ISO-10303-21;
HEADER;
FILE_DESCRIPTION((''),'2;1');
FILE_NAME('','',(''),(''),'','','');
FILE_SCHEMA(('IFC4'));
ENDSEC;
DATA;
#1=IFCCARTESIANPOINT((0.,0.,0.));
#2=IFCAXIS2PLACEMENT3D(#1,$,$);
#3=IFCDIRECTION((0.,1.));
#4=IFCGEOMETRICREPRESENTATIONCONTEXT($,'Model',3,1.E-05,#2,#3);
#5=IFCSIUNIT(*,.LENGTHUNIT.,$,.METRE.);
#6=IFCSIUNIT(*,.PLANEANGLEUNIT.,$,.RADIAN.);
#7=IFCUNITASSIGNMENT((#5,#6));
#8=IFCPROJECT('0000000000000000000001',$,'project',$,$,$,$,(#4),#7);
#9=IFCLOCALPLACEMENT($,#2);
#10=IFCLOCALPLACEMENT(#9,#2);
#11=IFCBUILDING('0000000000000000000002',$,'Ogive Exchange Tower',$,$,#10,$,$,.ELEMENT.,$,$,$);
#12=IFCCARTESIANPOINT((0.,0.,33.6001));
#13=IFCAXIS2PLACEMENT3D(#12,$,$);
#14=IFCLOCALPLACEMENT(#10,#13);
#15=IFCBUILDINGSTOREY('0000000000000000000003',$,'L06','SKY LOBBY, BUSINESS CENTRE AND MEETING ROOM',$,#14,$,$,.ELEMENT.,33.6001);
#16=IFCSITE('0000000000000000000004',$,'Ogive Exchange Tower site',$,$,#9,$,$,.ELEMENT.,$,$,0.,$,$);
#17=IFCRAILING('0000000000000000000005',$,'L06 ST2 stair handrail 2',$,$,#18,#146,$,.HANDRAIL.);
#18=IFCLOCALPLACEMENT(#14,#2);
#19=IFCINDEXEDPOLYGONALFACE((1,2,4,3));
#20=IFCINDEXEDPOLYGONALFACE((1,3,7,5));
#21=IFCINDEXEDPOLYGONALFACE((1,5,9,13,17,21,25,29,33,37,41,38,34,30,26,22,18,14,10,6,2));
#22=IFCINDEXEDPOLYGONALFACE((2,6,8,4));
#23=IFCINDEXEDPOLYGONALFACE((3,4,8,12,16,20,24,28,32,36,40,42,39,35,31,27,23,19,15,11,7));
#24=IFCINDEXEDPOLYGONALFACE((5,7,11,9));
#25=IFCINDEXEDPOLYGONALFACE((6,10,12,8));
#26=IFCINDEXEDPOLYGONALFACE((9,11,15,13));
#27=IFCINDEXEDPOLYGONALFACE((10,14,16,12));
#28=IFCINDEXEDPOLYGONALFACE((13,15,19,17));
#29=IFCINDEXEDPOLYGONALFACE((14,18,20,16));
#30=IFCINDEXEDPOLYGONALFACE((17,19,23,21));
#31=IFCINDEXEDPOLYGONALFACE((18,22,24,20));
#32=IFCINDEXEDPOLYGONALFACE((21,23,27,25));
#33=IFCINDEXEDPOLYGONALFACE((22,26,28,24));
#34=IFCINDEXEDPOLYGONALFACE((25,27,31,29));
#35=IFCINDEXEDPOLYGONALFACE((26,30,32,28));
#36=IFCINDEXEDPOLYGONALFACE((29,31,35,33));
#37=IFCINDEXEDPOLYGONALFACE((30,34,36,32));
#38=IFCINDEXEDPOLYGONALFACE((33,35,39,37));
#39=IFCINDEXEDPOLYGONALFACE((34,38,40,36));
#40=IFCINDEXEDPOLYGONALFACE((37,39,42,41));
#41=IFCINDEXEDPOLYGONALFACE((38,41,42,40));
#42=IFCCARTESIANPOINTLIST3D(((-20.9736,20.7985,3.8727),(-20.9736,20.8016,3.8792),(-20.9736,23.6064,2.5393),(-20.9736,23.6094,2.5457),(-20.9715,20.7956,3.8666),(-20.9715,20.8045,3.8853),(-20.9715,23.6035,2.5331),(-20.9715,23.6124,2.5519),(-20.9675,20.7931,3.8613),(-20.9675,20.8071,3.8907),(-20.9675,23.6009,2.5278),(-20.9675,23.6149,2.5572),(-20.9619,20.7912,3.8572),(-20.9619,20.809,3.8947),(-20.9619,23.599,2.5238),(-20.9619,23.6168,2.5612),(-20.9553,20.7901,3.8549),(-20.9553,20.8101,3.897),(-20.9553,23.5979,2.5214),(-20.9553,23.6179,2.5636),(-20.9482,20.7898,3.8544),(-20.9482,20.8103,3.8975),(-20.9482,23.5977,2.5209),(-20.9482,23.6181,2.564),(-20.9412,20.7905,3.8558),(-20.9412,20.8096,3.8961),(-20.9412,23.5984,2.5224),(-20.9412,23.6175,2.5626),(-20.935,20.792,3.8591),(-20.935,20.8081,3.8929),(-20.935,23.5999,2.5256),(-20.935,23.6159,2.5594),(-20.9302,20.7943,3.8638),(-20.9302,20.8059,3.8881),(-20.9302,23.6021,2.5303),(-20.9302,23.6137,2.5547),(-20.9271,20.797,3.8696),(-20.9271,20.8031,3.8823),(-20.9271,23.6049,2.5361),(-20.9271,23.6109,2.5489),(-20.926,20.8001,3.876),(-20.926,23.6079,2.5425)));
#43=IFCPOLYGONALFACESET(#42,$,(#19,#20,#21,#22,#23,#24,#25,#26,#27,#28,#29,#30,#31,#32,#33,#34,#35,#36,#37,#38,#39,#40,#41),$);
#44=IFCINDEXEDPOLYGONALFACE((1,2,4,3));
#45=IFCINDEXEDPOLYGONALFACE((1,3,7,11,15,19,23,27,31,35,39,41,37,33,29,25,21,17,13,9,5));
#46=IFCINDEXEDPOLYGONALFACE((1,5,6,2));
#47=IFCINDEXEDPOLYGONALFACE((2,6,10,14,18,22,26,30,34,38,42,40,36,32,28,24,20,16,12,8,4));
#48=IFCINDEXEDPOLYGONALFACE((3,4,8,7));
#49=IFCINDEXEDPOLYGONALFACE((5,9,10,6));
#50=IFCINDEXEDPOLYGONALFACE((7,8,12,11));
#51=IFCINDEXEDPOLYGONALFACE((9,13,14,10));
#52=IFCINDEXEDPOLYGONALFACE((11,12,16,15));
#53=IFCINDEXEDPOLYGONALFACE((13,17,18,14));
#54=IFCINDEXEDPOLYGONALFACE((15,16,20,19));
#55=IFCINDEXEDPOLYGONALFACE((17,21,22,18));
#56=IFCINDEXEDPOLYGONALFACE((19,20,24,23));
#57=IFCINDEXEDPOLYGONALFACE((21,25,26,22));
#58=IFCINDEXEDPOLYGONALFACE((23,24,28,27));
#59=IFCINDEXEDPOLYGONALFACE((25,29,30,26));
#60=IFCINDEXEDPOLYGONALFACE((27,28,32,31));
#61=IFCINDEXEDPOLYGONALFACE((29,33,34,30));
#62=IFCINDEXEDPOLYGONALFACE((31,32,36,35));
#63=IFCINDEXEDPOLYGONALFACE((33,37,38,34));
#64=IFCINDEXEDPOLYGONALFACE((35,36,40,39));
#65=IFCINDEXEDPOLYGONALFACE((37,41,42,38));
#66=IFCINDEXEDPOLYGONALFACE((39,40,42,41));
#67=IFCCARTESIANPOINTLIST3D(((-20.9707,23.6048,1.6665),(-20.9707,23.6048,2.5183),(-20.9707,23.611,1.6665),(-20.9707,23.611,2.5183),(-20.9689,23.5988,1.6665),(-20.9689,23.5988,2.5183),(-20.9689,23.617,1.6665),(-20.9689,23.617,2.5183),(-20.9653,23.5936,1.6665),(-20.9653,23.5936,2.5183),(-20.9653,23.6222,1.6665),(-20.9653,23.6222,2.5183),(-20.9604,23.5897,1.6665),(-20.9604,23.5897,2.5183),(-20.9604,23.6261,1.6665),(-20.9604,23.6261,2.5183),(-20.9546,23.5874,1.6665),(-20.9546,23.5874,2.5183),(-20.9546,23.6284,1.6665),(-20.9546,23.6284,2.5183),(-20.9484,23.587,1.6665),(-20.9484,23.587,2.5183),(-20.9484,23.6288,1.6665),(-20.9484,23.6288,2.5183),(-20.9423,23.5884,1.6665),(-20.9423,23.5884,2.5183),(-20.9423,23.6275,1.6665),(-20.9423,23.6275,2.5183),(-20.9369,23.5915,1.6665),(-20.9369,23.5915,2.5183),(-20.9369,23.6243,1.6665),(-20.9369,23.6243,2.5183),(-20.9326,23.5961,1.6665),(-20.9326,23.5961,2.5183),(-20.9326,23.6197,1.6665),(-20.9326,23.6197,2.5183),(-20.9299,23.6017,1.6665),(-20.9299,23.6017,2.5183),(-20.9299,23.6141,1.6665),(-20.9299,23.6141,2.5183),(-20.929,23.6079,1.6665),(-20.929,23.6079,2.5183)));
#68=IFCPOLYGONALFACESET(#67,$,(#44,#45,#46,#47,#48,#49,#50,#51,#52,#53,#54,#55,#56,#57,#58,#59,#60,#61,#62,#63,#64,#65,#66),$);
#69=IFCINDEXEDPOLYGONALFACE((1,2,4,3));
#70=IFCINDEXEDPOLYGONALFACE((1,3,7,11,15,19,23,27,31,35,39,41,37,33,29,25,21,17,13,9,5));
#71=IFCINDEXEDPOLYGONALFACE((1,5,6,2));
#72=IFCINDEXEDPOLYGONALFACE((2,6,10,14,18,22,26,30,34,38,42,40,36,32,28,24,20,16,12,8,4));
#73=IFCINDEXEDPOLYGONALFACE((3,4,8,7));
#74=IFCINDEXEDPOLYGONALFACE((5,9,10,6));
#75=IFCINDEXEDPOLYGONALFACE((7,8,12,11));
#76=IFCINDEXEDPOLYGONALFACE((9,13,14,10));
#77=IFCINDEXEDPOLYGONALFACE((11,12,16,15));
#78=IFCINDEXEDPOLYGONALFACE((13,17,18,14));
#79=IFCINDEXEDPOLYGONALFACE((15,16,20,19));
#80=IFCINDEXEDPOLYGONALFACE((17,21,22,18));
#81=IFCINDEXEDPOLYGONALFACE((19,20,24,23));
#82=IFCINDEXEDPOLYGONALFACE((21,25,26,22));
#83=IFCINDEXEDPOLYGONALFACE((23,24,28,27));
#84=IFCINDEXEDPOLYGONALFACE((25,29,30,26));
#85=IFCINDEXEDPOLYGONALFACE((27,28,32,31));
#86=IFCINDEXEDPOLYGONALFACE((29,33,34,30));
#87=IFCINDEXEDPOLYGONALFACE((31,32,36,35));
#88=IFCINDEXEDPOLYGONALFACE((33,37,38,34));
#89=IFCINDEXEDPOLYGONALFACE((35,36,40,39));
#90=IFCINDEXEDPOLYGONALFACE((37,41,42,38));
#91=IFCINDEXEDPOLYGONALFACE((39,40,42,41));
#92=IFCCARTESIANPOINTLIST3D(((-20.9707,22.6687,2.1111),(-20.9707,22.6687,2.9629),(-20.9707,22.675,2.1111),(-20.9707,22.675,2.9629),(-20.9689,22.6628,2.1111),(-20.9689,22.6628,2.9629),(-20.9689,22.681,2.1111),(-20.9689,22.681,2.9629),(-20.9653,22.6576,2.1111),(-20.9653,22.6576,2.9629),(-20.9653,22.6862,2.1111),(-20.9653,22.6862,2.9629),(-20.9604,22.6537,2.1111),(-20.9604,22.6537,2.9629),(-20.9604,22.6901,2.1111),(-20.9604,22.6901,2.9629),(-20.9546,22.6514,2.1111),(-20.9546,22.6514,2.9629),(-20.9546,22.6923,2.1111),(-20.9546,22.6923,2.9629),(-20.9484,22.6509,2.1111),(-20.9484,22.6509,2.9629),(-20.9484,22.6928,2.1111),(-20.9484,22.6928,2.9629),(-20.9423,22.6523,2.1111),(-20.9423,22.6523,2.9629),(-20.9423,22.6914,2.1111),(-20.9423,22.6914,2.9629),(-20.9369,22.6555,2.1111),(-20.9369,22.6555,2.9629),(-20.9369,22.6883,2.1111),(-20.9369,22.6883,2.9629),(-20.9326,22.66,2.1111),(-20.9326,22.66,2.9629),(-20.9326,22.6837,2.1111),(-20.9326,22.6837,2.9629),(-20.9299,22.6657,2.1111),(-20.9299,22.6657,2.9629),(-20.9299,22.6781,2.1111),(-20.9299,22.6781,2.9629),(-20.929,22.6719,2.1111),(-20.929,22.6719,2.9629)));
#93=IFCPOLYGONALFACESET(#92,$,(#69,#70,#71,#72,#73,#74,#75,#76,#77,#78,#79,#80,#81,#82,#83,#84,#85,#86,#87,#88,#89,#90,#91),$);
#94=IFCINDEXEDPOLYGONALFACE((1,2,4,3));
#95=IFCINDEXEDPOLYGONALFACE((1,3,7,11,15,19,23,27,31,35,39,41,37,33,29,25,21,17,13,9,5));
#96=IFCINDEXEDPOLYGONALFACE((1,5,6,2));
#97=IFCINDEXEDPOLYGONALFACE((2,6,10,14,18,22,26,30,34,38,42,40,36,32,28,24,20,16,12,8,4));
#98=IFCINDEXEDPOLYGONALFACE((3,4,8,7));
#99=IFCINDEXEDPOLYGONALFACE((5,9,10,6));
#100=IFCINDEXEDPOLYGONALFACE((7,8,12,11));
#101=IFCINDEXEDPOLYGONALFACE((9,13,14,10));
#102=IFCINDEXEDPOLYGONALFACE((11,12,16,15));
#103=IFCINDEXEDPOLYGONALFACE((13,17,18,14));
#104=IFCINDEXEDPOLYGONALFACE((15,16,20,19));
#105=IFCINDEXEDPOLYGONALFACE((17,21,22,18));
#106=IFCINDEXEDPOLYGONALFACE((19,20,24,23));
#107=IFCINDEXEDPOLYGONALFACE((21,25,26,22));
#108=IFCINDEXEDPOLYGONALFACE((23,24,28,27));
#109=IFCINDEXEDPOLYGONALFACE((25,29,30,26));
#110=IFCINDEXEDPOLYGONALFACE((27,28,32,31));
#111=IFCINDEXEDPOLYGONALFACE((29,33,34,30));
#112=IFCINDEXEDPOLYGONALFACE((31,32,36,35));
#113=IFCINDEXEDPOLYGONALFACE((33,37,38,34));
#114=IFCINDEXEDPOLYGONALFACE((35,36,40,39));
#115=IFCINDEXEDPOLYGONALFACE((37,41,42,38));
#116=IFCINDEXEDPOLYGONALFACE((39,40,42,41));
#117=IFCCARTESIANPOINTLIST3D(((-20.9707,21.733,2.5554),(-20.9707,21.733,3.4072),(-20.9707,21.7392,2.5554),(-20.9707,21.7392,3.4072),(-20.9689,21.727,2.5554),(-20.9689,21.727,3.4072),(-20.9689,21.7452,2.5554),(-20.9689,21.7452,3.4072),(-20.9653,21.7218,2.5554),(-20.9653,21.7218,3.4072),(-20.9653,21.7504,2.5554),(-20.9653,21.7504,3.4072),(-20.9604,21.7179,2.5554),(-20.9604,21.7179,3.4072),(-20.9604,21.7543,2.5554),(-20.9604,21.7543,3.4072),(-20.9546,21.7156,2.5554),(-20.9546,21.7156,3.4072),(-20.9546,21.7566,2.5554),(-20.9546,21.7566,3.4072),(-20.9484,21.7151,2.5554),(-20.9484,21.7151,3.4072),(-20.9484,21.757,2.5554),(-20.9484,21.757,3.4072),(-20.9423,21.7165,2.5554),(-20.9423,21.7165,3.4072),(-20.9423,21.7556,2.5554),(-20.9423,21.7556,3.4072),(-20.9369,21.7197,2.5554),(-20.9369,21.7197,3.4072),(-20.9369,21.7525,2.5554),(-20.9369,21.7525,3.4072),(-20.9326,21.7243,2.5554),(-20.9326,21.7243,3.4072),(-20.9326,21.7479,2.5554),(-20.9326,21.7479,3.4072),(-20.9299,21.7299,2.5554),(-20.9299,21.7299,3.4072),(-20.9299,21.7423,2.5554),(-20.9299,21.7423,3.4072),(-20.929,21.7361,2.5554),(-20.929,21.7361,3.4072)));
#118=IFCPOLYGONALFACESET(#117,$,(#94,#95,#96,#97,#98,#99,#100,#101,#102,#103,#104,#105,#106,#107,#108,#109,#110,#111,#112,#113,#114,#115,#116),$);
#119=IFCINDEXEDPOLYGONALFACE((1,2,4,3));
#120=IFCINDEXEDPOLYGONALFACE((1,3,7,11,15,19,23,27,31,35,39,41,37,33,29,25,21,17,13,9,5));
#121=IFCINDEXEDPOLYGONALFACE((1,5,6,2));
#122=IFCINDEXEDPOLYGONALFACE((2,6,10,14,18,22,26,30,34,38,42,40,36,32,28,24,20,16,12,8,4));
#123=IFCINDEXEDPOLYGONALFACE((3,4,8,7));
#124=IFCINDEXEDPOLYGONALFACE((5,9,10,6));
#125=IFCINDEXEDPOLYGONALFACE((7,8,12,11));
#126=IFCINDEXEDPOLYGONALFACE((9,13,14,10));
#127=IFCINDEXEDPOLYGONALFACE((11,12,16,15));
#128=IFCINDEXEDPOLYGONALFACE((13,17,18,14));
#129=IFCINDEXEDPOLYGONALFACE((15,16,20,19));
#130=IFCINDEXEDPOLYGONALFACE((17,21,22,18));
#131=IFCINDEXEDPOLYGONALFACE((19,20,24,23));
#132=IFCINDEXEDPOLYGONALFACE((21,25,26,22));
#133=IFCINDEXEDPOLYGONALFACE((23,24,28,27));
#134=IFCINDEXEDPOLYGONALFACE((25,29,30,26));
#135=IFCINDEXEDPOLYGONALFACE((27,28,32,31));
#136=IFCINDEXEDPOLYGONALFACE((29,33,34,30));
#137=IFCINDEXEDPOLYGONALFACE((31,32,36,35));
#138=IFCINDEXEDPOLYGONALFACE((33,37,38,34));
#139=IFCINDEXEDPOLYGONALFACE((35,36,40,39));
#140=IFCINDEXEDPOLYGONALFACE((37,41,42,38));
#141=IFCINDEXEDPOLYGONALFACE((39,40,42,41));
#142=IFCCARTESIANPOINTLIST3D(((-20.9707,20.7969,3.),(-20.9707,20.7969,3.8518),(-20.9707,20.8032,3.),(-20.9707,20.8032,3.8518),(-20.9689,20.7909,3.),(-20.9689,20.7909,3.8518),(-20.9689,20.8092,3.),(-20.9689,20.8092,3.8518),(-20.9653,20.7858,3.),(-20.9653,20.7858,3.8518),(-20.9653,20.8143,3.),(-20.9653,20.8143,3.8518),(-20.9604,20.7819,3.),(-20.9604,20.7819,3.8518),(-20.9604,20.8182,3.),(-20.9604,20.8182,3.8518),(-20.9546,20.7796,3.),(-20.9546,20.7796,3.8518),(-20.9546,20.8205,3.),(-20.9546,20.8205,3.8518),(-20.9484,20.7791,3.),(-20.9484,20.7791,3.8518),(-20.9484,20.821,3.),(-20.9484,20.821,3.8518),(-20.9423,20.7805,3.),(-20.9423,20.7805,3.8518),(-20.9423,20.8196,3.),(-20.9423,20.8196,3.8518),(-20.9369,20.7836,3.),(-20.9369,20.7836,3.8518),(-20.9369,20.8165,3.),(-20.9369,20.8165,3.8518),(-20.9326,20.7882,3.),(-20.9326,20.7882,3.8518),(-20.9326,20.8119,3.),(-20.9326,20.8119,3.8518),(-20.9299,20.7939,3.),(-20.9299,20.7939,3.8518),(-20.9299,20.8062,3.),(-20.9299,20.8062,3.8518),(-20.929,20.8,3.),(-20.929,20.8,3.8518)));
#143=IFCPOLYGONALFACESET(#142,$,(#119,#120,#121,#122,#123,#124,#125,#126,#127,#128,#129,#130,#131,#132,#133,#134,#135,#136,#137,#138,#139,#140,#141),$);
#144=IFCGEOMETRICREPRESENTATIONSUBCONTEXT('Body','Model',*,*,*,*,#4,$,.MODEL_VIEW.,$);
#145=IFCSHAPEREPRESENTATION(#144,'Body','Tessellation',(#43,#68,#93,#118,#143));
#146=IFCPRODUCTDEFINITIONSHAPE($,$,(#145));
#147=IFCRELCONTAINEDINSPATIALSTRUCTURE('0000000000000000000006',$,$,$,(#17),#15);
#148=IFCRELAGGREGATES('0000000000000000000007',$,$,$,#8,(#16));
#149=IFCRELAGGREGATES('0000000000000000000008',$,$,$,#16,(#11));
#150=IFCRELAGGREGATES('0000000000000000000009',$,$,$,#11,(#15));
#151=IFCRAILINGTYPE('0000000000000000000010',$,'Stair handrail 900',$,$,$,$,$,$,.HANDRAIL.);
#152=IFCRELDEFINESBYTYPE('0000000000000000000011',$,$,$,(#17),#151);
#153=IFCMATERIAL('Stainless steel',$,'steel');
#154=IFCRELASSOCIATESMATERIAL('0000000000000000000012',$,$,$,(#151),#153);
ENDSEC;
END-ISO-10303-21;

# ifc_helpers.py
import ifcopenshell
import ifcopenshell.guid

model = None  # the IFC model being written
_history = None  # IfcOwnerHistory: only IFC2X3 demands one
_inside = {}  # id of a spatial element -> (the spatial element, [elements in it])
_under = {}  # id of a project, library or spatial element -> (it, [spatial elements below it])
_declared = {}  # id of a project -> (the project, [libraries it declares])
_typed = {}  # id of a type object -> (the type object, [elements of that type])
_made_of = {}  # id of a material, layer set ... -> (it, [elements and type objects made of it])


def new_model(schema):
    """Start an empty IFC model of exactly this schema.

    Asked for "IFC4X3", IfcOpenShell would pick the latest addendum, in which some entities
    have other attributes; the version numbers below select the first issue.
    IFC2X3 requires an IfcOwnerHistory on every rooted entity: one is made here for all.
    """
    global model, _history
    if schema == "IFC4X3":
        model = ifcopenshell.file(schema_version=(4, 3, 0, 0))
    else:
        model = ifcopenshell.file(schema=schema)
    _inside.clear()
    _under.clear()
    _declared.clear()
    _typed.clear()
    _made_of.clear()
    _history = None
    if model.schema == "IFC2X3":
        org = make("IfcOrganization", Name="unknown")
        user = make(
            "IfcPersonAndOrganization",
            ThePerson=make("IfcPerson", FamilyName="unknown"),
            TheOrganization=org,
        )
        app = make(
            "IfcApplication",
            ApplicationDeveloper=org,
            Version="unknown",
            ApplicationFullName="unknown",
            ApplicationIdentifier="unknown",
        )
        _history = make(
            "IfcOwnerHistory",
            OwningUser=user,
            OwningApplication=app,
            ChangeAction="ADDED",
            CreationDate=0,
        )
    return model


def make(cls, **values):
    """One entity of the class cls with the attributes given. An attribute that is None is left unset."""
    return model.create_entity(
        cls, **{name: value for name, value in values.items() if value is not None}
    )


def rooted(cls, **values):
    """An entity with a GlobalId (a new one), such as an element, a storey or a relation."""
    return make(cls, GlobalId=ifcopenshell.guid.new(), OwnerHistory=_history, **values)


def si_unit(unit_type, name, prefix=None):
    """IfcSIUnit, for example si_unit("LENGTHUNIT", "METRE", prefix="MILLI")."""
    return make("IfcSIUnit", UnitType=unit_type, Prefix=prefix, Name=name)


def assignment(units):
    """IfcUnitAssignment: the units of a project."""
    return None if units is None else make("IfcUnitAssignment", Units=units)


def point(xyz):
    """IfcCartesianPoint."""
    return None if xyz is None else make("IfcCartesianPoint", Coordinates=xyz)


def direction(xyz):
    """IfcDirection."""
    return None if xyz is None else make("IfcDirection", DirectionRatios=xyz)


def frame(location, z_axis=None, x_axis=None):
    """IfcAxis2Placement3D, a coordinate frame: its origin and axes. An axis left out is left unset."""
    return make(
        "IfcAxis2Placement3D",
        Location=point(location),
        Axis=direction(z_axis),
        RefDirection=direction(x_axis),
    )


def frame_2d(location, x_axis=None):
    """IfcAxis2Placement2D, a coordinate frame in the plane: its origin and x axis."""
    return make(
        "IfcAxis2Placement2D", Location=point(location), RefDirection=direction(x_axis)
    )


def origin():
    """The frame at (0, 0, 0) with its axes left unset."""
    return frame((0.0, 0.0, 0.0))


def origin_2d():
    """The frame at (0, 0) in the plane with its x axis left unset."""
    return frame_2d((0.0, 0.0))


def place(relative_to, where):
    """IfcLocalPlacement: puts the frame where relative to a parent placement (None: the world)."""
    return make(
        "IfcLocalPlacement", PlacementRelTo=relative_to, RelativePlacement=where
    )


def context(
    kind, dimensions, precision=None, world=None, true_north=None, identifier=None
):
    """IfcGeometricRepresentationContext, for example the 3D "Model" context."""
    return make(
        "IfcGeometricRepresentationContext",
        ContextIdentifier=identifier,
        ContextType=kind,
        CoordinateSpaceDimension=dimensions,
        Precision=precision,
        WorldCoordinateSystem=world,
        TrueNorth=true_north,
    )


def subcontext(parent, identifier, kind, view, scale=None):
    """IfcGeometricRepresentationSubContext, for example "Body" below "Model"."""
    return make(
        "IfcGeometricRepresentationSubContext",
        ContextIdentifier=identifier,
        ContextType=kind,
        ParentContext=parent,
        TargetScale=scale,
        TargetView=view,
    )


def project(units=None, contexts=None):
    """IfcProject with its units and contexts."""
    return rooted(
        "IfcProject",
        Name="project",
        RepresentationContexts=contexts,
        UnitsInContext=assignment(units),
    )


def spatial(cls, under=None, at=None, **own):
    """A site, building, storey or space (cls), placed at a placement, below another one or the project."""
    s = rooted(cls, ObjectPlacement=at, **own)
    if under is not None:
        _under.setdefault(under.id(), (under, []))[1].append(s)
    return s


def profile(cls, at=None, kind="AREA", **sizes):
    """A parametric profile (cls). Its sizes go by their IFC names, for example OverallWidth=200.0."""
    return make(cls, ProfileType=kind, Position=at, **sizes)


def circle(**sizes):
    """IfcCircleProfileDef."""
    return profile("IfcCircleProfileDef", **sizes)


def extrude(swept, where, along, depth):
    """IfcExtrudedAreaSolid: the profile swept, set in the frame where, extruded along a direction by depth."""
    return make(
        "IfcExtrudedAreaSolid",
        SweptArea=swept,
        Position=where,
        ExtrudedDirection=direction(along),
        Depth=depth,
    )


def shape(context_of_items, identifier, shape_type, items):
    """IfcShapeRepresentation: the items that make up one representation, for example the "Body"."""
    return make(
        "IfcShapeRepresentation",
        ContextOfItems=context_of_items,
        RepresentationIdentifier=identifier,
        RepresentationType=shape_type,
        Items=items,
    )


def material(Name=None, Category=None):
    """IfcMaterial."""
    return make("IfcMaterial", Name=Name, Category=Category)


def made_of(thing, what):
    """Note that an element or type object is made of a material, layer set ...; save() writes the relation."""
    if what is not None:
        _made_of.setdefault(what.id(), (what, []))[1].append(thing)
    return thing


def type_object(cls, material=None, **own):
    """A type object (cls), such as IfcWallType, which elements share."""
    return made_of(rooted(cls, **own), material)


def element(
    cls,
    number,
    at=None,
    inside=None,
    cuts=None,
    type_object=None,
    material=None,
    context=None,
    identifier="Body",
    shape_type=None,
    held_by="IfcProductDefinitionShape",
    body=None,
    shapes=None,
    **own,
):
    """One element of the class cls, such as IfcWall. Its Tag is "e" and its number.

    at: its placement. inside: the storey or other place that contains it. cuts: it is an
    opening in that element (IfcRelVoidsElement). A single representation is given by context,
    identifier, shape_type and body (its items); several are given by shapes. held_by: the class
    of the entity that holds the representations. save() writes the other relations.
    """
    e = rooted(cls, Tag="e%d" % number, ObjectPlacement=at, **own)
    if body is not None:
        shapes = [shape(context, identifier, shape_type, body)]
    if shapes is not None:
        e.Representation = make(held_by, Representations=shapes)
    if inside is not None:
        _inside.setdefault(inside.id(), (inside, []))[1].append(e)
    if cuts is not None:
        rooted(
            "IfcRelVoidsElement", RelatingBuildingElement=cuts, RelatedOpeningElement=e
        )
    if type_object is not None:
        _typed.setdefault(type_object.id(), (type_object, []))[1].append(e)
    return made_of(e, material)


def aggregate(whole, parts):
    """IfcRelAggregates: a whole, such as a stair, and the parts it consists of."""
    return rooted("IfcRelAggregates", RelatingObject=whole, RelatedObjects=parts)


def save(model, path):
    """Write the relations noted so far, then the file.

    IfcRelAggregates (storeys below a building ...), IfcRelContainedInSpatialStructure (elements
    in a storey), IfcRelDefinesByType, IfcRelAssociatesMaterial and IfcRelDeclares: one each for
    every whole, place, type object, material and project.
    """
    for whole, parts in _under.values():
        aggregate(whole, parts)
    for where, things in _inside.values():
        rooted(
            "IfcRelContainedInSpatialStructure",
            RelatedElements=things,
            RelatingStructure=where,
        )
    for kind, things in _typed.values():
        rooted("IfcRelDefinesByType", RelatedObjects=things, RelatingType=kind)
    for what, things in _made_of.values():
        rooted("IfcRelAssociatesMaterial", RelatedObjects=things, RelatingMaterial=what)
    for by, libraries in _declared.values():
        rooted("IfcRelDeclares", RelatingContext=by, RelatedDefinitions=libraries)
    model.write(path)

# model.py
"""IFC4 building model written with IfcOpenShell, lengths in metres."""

from ifc_helpers import new_model, si_unit, direction, frame, origin, origin_2d, place, context, subcontext, project, spatial, circle, extrude, material, type_object, element, save


model = new_model("IFC4")

# Units and contexts
model_context = context("Model", 3, precision=1e-05, world=origin(), true_north=direction((0.0, 1.0)))
body_context = subcontext(model_context, "Body", "Model", "MODEL_VIEW")
ifc_project = project(units=[si_unit("LENGTHUNIT", "METRE"), si_unit("PLANEANGLEUNIT", "RADIAN")], contexts=[model_context])

# Site, building, storey
site_placement = place(None, origin())
site = spatial("IfcSite", under=ifc_project, at=site_placement, Name="Ogive Exchange Tower site", CompositionType="ELEMENT", RefElevation=0.0)
building_placement = place(site_placement, origin())
building = spatial("IfcBuilding", under=site, at=building_placement, Name="Ogive Exchange Tower", CompositionType="ELEMENT")
storey_placement = place(building_placement, frame((0.0, 0.0, 33.6001)))
storey = spatial("IfcBuildingStorey", under=building, at=storey_placement, Name="L06", Description="SKY LOBBY, BUSINESS CENTRE AND MEETING ROOM", CompositionType="ELEMENT", Elevation=33.6001)

# Railing
ifc_material_1 = material(Name="Stainless steel", Category="steel")
railing_type = type_object("IfcRailingType", Name="Stair handrail 900", PredefinedType="HANDRAIL", material=ifc_material_1)
railing_1_placement = place(storey_placement, frame((-20.95, 23.6079, 1.6665)))
element("IfcRailing", 1, at=railing_1_placement, inside=storey, type_object=railing_type, Name="L06 ST2 stair handrail 2", PredefinedType="HANDRAIL", context=body_context, shape_type="SweptSolid", body=[
    extrude(circle(Radius=0.0239, at=origin_2d()), frame((0.0, 0.0, 0.876), z_axis=(0.0, -0.903307, 0.428994), x_axis=(1.0, 0.0, 0.0)), (0.0, 0.0, 1.0), 3.1084),
    extrude(circle(Radius=0.021, at=origin_2d()), origin(), (0.0, 0.0, 1.0), 0.8518),
    extrude(circle(Radius=0.021, at=origin_2d()), frame((0.0, -0.936, 0.4446)), (0.0, 0.0, 1.0), 0.8518),
    extrude(circle(Radius=0.021, at=origin_2d()), frame((0.0, -1.8718, 0.8889)), (0.0, 0.0, 1.0), 0.8518),
    extrude(circle(Radius=0.021, at=origin_2d()), frame((0.0, -2.8079, 1.3335)), (0.0, 0.0, 1.0), 0.8518),
])

save(model, "model.ifc")
